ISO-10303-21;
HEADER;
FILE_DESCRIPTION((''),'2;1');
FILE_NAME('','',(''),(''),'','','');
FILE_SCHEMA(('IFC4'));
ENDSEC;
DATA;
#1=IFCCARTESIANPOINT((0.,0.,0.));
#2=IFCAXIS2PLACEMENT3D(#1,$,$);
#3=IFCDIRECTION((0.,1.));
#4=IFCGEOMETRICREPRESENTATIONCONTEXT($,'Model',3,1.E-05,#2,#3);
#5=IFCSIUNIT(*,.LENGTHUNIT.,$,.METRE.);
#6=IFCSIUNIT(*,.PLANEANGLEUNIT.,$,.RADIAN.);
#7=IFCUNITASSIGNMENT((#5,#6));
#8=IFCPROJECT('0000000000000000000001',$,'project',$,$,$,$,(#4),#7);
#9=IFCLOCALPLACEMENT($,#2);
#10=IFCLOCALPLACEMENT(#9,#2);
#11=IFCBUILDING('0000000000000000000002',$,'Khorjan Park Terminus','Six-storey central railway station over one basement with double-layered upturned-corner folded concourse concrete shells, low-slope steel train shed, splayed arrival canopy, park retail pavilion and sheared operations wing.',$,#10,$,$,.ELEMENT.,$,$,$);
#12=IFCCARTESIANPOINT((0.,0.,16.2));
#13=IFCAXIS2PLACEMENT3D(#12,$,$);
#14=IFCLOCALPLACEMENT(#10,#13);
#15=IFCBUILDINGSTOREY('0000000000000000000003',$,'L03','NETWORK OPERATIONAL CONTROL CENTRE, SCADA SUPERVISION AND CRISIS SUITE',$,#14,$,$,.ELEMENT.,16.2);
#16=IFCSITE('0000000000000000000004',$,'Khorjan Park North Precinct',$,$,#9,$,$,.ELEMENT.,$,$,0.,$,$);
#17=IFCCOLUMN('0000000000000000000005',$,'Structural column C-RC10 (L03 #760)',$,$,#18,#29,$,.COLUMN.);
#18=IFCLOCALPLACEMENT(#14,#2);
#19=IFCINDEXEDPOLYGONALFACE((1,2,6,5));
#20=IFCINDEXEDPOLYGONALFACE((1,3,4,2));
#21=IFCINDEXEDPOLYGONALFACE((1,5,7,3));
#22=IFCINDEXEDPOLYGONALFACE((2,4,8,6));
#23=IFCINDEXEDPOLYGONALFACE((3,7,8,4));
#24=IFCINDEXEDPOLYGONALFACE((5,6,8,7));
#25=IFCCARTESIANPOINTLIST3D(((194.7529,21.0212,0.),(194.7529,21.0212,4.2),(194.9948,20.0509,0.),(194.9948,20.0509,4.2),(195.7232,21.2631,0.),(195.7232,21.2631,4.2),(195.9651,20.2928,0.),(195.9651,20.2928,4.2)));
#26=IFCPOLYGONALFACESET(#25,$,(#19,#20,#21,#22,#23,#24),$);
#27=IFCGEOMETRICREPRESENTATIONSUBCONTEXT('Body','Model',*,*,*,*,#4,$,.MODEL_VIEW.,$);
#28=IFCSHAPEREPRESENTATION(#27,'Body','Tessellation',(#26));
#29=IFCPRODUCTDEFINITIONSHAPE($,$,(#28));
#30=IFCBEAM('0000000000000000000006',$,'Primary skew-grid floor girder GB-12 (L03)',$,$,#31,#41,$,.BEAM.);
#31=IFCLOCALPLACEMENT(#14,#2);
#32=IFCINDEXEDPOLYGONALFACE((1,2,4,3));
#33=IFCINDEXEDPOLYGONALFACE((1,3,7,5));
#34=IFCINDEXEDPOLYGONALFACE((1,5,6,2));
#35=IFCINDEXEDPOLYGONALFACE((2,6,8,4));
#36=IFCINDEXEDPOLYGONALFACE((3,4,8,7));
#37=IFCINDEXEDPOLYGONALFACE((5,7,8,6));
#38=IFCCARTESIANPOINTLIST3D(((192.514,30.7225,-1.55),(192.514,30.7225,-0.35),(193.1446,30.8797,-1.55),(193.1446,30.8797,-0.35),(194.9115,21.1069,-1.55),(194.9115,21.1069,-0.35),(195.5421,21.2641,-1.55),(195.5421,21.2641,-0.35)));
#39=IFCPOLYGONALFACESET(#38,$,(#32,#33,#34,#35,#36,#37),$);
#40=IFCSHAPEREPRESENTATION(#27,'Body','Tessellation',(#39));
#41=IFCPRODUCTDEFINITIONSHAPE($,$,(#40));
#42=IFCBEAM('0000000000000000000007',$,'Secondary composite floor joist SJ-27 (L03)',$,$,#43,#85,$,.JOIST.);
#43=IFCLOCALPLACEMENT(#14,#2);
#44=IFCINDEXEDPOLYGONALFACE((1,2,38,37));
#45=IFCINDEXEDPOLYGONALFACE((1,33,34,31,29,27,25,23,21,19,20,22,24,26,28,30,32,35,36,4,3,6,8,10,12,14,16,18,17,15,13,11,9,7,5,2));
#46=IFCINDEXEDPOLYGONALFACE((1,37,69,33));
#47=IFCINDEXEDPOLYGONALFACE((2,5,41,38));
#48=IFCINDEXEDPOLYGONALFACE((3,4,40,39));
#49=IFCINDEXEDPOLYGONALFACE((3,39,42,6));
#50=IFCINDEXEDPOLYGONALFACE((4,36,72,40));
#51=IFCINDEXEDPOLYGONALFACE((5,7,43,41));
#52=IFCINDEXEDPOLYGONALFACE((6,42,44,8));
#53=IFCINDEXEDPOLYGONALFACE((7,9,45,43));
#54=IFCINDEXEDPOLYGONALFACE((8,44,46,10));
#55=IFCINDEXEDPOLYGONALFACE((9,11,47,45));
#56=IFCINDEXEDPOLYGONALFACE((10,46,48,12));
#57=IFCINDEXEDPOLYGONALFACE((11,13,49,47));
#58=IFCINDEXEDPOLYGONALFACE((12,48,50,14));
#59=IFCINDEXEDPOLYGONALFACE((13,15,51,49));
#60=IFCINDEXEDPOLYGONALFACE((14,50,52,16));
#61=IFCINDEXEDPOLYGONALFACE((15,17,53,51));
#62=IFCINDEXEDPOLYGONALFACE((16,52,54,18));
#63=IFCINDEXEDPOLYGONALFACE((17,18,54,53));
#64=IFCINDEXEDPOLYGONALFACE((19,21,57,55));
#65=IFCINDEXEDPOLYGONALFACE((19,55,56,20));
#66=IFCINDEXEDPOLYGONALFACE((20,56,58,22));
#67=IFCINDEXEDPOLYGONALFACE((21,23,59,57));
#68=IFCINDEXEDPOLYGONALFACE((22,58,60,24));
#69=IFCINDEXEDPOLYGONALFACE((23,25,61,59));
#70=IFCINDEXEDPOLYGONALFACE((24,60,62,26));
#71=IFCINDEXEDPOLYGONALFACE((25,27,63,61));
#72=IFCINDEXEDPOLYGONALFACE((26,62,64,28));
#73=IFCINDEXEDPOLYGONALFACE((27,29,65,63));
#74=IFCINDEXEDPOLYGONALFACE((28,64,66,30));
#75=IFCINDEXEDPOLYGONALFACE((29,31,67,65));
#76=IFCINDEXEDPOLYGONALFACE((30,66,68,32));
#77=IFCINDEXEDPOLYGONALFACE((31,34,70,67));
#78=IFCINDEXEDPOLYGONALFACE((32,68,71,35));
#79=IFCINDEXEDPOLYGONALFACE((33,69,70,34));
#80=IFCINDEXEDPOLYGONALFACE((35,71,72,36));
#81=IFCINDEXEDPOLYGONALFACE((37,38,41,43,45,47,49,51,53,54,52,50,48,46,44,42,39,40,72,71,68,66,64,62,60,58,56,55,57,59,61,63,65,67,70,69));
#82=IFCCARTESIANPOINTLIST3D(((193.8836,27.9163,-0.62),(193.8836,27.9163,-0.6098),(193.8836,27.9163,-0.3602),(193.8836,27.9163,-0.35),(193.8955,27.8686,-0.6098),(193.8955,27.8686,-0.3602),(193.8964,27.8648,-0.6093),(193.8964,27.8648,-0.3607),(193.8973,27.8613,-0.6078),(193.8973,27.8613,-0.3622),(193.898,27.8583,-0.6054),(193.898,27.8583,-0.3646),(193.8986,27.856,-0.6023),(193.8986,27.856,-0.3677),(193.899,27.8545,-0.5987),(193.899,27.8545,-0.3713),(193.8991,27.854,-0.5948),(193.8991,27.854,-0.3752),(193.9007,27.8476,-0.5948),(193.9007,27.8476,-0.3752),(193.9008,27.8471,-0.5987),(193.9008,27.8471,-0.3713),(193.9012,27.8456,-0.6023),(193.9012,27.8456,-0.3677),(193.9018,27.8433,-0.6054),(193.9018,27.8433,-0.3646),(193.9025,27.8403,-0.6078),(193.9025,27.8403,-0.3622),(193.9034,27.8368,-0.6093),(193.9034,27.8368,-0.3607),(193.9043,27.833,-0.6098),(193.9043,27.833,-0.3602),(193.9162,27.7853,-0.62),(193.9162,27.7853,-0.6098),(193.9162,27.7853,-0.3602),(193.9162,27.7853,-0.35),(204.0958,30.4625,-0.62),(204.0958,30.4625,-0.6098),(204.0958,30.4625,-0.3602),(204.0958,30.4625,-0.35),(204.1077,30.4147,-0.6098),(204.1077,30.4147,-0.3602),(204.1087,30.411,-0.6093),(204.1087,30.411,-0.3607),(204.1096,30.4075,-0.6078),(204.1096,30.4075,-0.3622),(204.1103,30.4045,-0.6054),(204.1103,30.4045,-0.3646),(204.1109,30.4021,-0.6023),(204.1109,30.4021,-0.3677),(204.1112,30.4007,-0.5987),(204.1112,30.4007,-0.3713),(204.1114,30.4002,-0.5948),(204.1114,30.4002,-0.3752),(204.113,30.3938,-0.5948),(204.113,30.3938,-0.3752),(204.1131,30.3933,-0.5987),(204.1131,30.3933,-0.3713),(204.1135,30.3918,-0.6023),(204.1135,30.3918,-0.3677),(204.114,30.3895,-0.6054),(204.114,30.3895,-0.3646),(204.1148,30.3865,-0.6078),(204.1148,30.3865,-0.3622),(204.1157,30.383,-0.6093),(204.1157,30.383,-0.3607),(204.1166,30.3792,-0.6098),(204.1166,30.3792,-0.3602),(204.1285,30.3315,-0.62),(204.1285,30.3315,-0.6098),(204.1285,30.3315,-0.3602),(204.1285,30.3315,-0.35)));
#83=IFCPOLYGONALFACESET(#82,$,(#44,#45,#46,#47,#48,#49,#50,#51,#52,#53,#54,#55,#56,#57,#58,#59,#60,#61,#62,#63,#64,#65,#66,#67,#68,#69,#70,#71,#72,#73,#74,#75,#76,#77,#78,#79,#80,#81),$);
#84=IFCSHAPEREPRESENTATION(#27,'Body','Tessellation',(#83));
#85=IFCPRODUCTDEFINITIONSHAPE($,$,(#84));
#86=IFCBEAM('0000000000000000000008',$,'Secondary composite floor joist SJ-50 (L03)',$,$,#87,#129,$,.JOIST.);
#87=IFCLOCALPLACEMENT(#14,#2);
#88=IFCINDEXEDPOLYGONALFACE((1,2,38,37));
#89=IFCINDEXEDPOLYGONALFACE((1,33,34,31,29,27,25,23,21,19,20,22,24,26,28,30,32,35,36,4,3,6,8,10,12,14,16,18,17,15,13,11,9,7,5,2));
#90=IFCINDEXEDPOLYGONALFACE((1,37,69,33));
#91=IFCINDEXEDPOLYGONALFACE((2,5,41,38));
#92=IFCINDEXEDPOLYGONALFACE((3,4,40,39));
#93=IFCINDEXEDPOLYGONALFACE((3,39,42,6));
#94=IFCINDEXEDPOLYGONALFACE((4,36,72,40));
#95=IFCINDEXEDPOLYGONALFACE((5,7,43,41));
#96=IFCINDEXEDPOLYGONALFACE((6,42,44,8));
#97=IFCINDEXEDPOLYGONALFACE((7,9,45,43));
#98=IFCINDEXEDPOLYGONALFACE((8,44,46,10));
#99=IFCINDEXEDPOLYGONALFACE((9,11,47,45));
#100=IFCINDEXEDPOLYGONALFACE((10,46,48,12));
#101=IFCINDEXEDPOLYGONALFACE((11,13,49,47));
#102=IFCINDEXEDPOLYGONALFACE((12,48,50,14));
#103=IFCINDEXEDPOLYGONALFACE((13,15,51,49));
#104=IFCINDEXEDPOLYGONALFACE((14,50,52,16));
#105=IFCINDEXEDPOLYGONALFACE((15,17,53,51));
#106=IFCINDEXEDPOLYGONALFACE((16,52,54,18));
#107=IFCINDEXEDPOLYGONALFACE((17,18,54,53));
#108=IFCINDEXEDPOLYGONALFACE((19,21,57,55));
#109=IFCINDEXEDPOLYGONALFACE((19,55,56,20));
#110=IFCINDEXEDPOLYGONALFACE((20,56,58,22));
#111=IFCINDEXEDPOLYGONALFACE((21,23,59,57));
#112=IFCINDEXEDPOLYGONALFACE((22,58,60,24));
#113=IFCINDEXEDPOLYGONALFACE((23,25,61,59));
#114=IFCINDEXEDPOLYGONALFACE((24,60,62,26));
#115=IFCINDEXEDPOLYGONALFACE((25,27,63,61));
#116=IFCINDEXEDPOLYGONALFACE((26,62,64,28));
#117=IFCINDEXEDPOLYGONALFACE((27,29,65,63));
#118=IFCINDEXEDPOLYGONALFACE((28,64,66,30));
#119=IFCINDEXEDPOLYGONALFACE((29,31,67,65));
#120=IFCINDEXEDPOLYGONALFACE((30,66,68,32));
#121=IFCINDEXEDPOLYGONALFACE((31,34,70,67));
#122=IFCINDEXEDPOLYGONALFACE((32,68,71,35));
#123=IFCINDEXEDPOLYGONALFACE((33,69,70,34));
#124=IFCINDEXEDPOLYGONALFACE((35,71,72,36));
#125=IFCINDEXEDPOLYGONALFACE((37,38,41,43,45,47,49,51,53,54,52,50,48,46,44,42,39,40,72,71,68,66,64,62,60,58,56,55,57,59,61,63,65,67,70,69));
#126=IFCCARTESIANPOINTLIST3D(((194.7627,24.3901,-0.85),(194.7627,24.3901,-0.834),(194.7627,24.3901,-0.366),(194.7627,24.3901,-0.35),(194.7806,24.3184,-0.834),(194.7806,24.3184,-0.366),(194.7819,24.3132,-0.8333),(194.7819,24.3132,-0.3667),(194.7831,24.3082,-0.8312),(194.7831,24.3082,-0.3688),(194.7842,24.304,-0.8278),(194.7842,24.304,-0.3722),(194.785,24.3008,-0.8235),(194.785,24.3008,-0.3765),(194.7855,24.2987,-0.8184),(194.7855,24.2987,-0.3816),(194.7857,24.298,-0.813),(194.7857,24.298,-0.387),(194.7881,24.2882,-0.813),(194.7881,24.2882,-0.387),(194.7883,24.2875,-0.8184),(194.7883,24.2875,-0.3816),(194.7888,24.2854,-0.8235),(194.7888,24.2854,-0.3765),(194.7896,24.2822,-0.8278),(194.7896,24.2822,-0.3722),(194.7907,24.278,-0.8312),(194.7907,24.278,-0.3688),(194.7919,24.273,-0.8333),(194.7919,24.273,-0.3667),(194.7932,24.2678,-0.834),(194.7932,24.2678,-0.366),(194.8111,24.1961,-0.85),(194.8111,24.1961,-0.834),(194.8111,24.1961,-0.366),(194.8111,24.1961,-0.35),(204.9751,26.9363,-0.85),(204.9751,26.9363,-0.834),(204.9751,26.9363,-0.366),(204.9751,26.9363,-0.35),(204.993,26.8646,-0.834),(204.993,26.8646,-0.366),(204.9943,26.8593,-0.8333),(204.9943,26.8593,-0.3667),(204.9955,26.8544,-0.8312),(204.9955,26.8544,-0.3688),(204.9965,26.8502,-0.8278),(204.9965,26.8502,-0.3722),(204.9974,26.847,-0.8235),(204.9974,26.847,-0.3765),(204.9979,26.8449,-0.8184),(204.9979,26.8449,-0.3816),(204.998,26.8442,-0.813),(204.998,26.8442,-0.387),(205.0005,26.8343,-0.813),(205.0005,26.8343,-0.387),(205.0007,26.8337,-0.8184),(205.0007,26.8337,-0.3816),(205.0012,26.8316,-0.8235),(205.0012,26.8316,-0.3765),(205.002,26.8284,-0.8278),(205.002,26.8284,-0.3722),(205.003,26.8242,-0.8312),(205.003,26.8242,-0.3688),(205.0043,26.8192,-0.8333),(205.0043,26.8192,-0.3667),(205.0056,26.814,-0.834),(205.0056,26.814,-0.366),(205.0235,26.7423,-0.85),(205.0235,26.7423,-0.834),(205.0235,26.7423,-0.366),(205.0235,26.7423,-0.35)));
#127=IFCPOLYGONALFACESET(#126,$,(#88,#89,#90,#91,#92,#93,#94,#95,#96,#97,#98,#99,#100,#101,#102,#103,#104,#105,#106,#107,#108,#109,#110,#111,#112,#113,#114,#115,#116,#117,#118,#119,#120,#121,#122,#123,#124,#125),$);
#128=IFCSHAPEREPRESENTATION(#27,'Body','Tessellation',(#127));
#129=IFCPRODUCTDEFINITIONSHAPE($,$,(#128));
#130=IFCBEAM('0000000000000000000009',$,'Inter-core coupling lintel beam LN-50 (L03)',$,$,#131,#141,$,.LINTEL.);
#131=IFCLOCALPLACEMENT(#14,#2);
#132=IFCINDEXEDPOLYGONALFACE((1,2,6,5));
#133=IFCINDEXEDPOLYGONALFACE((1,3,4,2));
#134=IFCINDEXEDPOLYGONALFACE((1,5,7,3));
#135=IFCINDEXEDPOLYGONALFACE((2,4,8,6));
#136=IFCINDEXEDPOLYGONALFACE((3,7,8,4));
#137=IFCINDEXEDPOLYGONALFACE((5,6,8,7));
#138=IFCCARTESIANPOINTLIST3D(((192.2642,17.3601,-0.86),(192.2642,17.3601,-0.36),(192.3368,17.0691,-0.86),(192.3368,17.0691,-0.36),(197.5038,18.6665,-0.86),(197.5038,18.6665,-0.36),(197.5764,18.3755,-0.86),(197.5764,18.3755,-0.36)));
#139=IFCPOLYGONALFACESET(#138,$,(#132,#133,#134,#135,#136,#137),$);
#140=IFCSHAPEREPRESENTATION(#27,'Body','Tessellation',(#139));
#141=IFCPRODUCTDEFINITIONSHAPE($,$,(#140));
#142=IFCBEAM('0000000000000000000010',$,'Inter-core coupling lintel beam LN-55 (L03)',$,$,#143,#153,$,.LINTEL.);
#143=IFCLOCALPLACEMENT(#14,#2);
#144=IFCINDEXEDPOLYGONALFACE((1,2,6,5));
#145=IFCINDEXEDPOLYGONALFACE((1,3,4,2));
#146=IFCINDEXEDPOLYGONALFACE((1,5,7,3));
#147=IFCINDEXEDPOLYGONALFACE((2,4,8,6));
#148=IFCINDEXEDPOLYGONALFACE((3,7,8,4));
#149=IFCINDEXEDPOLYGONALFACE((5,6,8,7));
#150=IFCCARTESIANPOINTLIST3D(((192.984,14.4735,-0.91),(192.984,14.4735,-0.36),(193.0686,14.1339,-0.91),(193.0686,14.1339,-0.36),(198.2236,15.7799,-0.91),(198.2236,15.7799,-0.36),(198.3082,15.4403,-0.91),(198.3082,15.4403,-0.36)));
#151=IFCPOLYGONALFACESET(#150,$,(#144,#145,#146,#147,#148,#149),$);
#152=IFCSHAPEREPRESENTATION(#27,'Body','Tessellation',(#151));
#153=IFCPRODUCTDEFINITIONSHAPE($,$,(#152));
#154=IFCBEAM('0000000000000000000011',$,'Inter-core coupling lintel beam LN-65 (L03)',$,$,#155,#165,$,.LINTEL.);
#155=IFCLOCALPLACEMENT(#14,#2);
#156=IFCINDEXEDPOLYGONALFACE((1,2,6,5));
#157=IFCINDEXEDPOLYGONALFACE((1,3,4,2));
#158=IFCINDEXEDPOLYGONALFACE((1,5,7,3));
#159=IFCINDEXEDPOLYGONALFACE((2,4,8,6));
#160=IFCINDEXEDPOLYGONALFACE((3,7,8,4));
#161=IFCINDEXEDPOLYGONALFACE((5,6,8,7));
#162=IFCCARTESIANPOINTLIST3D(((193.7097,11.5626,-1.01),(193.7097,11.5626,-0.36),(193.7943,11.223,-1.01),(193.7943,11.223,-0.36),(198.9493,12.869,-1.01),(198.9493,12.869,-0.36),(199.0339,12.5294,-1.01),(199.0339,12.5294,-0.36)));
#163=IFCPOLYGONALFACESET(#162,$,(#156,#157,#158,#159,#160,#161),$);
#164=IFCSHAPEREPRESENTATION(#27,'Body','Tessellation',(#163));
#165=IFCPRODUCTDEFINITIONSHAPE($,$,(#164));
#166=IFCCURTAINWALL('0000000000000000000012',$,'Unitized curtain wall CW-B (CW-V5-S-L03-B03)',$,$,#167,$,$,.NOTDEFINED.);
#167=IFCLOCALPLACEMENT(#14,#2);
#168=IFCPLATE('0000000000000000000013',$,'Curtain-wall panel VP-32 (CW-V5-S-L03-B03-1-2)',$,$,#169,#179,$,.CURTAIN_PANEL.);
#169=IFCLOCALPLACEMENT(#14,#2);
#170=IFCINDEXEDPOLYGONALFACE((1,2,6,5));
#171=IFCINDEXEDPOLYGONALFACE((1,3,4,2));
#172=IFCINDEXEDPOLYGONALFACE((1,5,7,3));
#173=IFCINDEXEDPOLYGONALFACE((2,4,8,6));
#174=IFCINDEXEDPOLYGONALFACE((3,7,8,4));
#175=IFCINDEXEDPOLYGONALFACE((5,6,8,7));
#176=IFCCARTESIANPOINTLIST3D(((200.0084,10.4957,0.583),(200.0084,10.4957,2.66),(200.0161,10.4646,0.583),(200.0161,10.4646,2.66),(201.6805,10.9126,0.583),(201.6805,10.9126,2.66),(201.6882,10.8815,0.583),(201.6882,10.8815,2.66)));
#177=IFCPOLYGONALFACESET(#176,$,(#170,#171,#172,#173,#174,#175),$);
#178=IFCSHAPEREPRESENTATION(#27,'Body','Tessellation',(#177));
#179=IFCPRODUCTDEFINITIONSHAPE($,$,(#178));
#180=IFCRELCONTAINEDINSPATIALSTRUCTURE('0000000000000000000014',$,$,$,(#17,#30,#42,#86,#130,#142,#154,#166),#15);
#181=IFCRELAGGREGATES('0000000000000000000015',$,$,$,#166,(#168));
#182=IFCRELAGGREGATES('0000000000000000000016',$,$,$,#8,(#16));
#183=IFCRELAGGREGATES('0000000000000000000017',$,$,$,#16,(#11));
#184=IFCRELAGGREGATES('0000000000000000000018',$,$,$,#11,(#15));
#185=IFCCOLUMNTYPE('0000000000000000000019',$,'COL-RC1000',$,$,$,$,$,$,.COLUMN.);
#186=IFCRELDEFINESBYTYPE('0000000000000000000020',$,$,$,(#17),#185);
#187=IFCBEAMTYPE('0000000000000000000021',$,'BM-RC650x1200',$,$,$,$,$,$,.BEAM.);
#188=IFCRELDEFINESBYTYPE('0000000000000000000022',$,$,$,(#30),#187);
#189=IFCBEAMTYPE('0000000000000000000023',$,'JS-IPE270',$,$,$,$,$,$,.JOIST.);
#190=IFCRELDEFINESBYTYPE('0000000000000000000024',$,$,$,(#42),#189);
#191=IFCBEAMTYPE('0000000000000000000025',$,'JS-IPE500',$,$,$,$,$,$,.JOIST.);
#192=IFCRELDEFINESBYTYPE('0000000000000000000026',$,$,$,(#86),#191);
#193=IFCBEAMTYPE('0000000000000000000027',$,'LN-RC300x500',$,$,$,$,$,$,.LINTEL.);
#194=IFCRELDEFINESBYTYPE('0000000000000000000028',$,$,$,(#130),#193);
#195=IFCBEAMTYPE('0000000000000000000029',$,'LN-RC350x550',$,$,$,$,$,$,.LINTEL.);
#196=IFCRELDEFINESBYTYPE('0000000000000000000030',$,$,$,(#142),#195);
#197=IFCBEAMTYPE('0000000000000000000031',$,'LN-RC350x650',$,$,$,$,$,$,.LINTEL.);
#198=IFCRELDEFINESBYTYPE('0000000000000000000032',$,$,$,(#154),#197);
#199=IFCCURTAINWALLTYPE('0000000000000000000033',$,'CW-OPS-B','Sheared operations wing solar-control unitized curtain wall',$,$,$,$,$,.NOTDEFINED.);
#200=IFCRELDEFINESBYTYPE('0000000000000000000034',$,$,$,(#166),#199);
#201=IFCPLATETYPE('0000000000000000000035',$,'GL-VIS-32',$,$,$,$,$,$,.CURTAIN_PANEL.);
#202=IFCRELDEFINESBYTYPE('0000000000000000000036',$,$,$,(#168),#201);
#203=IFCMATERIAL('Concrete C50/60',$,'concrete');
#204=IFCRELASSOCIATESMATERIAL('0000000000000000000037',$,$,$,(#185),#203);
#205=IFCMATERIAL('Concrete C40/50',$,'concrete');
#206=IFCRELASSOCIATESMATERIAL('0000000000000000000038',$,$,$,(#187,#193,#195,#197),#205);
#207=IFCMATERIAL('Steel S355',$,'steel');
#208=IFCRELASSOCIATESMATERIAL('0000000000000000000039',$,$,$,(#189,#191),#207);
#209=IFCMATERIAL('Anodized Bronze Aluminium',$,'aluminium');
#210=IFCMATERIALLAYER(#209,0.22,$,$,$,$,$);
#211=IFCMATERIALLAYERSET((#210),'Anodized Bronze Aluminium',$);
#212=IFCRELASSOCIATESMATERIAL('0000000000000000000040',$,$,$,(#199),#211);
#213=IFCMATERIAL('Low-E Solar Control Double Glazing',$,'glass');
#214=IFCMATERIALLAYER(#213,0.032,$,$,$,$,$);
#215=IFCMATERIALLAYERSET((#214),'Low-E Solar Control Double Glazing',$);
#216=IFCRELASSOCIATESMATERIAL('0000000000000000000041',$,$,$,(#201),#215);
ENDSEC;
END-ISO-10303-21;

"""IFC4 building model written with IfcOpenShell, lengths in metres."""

from ifc_helpers import new_model, si_unit, direction, frame, origin, origin_2d, place, context, subcontext, project, spatial, rectangle, i_section, extrude, material, layer, layer_set, material_profile, profile_set, type_object, element, aggregate, save


model = new_model("IFC4")

# Units and contexts
model_context = context("Model", 3, precision=1e-05, world=origin(), true_north=direction((0.0, 1.0)))
body_context = subcontext(model_context, "Body", "Model", "MODEL_VIEW")
ifc_project = project(units=[si_unit("LENGTHUNIT", "METRE"), si_unit("PLANEANGLEUNIT", "RADIAN")], contexts=[model_context])

# Site, building, storey
site_placement = place(None, origin())
site = spatial("IfcSite", under=ifc_project, at=site_placement, Name="Khorjan Park North Precinct", CompositionType="ELEMENT", RefElevation=0.0)
building_placement = place(site_placement, origin())
building = spatial("IfcBuilding", under=site, at=building_placement, Name="Khorjan Park Terminus", Description="Six-storey central railway station over one basement with double-layered upturned-corner folded concourse concrete shells, low-slope steel train shed, splayed arrival canopy, park retail pavilion and sheared operations wing.", CompositionType="ELEMENT")
storey_placement = place(building_placement, frame((0.0, 0.0, 16.2)))
storey = spatial("IfcBuildingStorey", under=building, at=storey_placement, Name="L03", Description="NETWORK OPERATIONAL CONTROL CENTRE, SCADA SUPERVISION AND CRISIS SUITE", CompositionType="ELEMENT", Elevation=16.2)

# Column
ifc_material_1 = material(Name="Concrete C50/60", Category="concrete")
ifc_material_profile_1 = material_profile(ifc_material_1, rectangle(XDim=1.0, YDim=1.0, at=origin_2d()), Name="RC 1000x1000")
ifc_profile_set_1 = profile_set([ifc_material_profile_1], Name="Concrete C50/60")
column_type = type_object("IfcColumnType", Name="COL-RC1000", PredefinedType="COLUMN", material=ifc_profile_set_1)
column_placement = place(storey_placement, frame((195.359, 20.657, 0.0), z_axis=(0.0, 0.0, 1.0), x_axis=(0.970296, 0.241922, 0.0)))
element("IfcColumn", 1, at=column_placement, inside=storey, type_object=column_type, Name="Structural column C-RC10 (L03 #760)", PredefinedType="COLUMN", context=body_context, shape_type="SweptSolid", body=[
    extrude(rectangle(XDim=1.0, YDim=1.0, at=origin_2d()), origin(), (0.0, 0.0, 1.0), 4.2),
])

# Beams
ifc_material_2 = material(Name="Concrete C40/50", Category="concrete")
ifc_material_profile_2 = material_profile(ifc_material_2, rectangle(XDim=0.65, YDim=1.2, at=origin_2d()), Name="RC 650x1200")
ifc_profile_set_2 = profile_set([ifc_material_profile_2], Name="Concrete C40/50")
beam_type_1 = type_object("IfcBeamType", Name="BM-RC650x1200", PredefinedType="BEAM", material=ifc_profile_set_2)
beam_1_placement = place(storey_placement, frame((195.2268, 21.1855, -0.95), z_axis=(-0.241928, 0.970294, 0.0), x_axis=(-0.970294, -0.241928, 0.0)))
element("IfcBeam", 2, at=beam_1_placement, inside=storey, type_object=beam_type_1, Name="Primary skew-grid floor girder GB-12 (L03)", PredefinedType="BEAM", context=body_context, shape_type="SweptSolid", body=[
    extrude(rectangle(XDim=0.65, YDim=1.2, at=origin_2d()), origin(), (0.0, 0.0, 1.0), 9.91),
])
ifc_material_3 = material(Name="Steel S355", Category="steel")
ifc_material_profile_3 = material_profile(ifc_material_3, i_section(OverallWidth=0.135, OverallDepth=0.27, WebThickness=0.0066, FlangeThickness=0.0102, FilletRadius=0.015, at=origin_2d()), Name="IPE 270")
ifc_profile_set_3 = profile_set([ifc_material_profile_3], Name="Steel S355")
beam_type_2 = type_object("IfcBeamType", Name="JS-IPE270", PredefinedType="JOIST", material=ifc_profile_set_3)
beam_2_placement = place(storey_placement, frame((193.8999, 27.8508, -0.485), z_axis=(0.970296, 0.241921, 0.0), x_axis=(-0.241921, 0.970296, 0.0)))
element("IfcBeam", 3, at=beam_2_placement, inside=storey, type_object=beam_type_2, Name="Secondary composite floor joist SJ-27 (L03)", PredefinedType="JOIST", context=body_context, shape_type="SweptSolid", body=[
    extrude(i_section(OverallWidth=0.135, OverallDepth=0.27, WebThickness=0.0066, FlangeThickness=0.0102, FilletRadius=0.015, at=origin_2d()), origin(), (0.0, 0.0, 1.0), 10.5249),
])
ifc_material_profile_4 = material_profile(ifc_material_3, i_section(OverallWidth=0.2, OverallDepth=0.5, WebThickness=0.0102, FlangeThickness=0.016, FilletRadius=0.021, at=origin_2d()), Name="IPE 500")
ifc_profile_set_4 = profile_set([ifc_material_profile_4], Name="Steel S355")
beam_type_3 = type_object("IfcBeamType", Name="JS-IPE500", PredefinedType="JOIST", material=ifc_profile_set_4)
beam_3_placement = place(storey_placement, frame((194.7869, 24.2931, -0.6), z_axis=(0.970297, 0.241919, 0.0), x_axis=(-0.241919, 0.970297, 0.0)))
element("IfcBeam", 4, at=beam_3_placement, inside=storey, type_object=beam_type_3, Name="Secondary composite floor joist SJ-50 (L03)", PredefinedType="JOIST", context=body_context, shape_type="SweptSolid", body=[
    extrude(i_section(OverallWidth=0.2, OverallDepth=0.5, WebThickness=0.0102, FlangeThickness=0.016, FilletRadius=0.021, at=origin_2d()), origin(), (0.0, 0.0, 1.0), 10.525),
])
ifc_material_profile_5 = material_profile(ifc_material_2, rectangle(XDim=0.3, YDim=0.5, at=origin_2d()), Name="RC 300x500")
ifc_profile_set_5 = profile_set([ifc_material_profile_5], Name="Concrete C40/50")
beam_type_4 = type_object("IfcBeamType", Name="LN-RC300x500", PredefinedType="LINTEL", material=ifc_profile_set_5)
beam_4_placement = place(storey_placement, frame((192.3005, 17.2146, -0.61), z_axis=(0.970295, 0.241926, 0.0), x_axis=(-0.241926, 0.970295, 0.0)))
element("IfcBeam", 5, at=beam_4_placement, inside=storey, type_object=beam_type_4, Name="Inter-core coupling lintel beam LN-50 (L03)", PredefinedType="LINTEL", context=body_context, shape_type="SweptSolid", body=[
    extrude(rectangle(XDim=0.3, YDim=0.5, at=origin_2d()), origin(), (0.0, 0.0, 1.0), 5.4),
])
ifc_material_profile_6 = material_profile(ifc_material_2, rectangle(XDim=0.35, YDim=0.55, at=origin_2d()), Name="RC 350x550")
ifc_profile_set_6 = profile_set([ifc_material_profile_6], Name="Concrete C40/50")
beam_type_5 = type_object("IfcBeamType", Name="LN-RC350x550", PredefinedType="LINTEL", material=ifc_profile_set_6)
beam_5_placement = place(storey_placement, frame((193.0263, 14.3037, -0.635), z_axis=(0.970295, 0.241926, 0.0), x_axis=(-0.241926, 0.970295, 0.0)))
element("IfcBeam", 6, at=beam_5_placement, inside=storey, type_object=beam_type_5, Name="Inter-core coupling lintel beam LN-55 (L03)", PredefinedType="LINTEL", context=body_context, shape_type="SweptSolid", body=[
    extrude(rectangle(XDim=0.35, YDim=0.55, at=origin_2d()), origin(), (0.0, 0.0, 1.0), 5.4),
])
ifc_material_profile_7 = material_profile(ifc_material_2, rectangle(XDim=0.35, YDim=0.65, at=origin_2d()), Name="RC 350x650")
ifc_profile_set_7 = profile_set([ifc_material_profile_7], Name="Concrete C40/50")
beam_type_6 = type_object("IfcBeamType", Name="LN-RC350x650", PredefinedType="LINTEL", material=ifc_profile_set_7)
beam_6_placement = place(storey_placement, frame((193.752, 11.3928, -0.685), z_axis=(0.970295, 0.241926, 0.0), x_axis=(-0.241926, 0.970295, 0.0)))
element("IfcBeam", 7, at=beam_6_placement, inside=storey, type_object=beam_type_6, Name="Inter-core coupling lintel beam LN-65 (L03)", PredefinedType="LINTEL", context=body_context, shape_type="SweptSolid", body=[
    extrude(rectangle(XDim=0.35, YDim=0.65, at=origin_2d()), origin(), (0.0, 0.0, 1.0), 5.4),
])

# Curtain wall, plate
ifc_material_4 = material(Name="Anodized Bronze Aluminium", Category="aluminium")
ifc_layer_1 = layer(ifc_material_4, 0.22)
ifc_layer_set_1 = layer_set([ifc_layer_1], Name="Anodized Bronze Aluminium")
curtain_wall_type = type_object("IfcCurtainWallType", Name="CW-OPS-B", Description="Sheared operations wing solar-control unitized curtain wall", PredefinedType="NOTDEFINED", material=ifc_layer_set_1)
curtain_wall_1_placement = place(storey_placement, origin())
curtain_wall_1 = element("IfcCurtainWall", 8, at=curtain_wall_1_placement, inside=storey, type_object=curtain_wall_type, Name="Unitized curtain wall CW-B (CW-V5-S-L03-B03)", PredefinedType="NOTDEFINED")
ifc_material_5 = material(Name="Low-E Solar Control Double Glazing", Category="glass")
ifc_layer_2 = layer(ifc_material_5, 0.032)
ifc_layer_set_2 = layer_set([ifc_layer_2], Name="Low-E Solar Control Double Glazing")
plate_type_1 = type_object("IfcPlateType", Name="GL-VIS-32", PredefinedType="CURTAIN_PANEL", material=ifc_layer_set_2)
plate_1_placement = place(storey_placement, frame((200.8483, 10.6886, 0.583), z_axis=(0.0, 0.0, 1.0), x_axis=(0.970295, 0.241926, 0.0)))
plate_1 = element("IfcPlate", 9, at=plate_1_placement, type_object=plate_type_1, Name="Curtain-wall panel VP-32 (CW-V5-S-L03-B03-1-2)", PredefinedType="CURTAIN_PANEL", context=body_context, shape_type="SweptSolid", body=[
    extrude(rectangle(XDim=1.7233, YDim=0.032, at=origin_2d()), origin(), (0.0, 0.0, 1.0), 2.077),
])
aggregate(curtain_wall_1, [plate_1])

save(model, "model.ifc")
